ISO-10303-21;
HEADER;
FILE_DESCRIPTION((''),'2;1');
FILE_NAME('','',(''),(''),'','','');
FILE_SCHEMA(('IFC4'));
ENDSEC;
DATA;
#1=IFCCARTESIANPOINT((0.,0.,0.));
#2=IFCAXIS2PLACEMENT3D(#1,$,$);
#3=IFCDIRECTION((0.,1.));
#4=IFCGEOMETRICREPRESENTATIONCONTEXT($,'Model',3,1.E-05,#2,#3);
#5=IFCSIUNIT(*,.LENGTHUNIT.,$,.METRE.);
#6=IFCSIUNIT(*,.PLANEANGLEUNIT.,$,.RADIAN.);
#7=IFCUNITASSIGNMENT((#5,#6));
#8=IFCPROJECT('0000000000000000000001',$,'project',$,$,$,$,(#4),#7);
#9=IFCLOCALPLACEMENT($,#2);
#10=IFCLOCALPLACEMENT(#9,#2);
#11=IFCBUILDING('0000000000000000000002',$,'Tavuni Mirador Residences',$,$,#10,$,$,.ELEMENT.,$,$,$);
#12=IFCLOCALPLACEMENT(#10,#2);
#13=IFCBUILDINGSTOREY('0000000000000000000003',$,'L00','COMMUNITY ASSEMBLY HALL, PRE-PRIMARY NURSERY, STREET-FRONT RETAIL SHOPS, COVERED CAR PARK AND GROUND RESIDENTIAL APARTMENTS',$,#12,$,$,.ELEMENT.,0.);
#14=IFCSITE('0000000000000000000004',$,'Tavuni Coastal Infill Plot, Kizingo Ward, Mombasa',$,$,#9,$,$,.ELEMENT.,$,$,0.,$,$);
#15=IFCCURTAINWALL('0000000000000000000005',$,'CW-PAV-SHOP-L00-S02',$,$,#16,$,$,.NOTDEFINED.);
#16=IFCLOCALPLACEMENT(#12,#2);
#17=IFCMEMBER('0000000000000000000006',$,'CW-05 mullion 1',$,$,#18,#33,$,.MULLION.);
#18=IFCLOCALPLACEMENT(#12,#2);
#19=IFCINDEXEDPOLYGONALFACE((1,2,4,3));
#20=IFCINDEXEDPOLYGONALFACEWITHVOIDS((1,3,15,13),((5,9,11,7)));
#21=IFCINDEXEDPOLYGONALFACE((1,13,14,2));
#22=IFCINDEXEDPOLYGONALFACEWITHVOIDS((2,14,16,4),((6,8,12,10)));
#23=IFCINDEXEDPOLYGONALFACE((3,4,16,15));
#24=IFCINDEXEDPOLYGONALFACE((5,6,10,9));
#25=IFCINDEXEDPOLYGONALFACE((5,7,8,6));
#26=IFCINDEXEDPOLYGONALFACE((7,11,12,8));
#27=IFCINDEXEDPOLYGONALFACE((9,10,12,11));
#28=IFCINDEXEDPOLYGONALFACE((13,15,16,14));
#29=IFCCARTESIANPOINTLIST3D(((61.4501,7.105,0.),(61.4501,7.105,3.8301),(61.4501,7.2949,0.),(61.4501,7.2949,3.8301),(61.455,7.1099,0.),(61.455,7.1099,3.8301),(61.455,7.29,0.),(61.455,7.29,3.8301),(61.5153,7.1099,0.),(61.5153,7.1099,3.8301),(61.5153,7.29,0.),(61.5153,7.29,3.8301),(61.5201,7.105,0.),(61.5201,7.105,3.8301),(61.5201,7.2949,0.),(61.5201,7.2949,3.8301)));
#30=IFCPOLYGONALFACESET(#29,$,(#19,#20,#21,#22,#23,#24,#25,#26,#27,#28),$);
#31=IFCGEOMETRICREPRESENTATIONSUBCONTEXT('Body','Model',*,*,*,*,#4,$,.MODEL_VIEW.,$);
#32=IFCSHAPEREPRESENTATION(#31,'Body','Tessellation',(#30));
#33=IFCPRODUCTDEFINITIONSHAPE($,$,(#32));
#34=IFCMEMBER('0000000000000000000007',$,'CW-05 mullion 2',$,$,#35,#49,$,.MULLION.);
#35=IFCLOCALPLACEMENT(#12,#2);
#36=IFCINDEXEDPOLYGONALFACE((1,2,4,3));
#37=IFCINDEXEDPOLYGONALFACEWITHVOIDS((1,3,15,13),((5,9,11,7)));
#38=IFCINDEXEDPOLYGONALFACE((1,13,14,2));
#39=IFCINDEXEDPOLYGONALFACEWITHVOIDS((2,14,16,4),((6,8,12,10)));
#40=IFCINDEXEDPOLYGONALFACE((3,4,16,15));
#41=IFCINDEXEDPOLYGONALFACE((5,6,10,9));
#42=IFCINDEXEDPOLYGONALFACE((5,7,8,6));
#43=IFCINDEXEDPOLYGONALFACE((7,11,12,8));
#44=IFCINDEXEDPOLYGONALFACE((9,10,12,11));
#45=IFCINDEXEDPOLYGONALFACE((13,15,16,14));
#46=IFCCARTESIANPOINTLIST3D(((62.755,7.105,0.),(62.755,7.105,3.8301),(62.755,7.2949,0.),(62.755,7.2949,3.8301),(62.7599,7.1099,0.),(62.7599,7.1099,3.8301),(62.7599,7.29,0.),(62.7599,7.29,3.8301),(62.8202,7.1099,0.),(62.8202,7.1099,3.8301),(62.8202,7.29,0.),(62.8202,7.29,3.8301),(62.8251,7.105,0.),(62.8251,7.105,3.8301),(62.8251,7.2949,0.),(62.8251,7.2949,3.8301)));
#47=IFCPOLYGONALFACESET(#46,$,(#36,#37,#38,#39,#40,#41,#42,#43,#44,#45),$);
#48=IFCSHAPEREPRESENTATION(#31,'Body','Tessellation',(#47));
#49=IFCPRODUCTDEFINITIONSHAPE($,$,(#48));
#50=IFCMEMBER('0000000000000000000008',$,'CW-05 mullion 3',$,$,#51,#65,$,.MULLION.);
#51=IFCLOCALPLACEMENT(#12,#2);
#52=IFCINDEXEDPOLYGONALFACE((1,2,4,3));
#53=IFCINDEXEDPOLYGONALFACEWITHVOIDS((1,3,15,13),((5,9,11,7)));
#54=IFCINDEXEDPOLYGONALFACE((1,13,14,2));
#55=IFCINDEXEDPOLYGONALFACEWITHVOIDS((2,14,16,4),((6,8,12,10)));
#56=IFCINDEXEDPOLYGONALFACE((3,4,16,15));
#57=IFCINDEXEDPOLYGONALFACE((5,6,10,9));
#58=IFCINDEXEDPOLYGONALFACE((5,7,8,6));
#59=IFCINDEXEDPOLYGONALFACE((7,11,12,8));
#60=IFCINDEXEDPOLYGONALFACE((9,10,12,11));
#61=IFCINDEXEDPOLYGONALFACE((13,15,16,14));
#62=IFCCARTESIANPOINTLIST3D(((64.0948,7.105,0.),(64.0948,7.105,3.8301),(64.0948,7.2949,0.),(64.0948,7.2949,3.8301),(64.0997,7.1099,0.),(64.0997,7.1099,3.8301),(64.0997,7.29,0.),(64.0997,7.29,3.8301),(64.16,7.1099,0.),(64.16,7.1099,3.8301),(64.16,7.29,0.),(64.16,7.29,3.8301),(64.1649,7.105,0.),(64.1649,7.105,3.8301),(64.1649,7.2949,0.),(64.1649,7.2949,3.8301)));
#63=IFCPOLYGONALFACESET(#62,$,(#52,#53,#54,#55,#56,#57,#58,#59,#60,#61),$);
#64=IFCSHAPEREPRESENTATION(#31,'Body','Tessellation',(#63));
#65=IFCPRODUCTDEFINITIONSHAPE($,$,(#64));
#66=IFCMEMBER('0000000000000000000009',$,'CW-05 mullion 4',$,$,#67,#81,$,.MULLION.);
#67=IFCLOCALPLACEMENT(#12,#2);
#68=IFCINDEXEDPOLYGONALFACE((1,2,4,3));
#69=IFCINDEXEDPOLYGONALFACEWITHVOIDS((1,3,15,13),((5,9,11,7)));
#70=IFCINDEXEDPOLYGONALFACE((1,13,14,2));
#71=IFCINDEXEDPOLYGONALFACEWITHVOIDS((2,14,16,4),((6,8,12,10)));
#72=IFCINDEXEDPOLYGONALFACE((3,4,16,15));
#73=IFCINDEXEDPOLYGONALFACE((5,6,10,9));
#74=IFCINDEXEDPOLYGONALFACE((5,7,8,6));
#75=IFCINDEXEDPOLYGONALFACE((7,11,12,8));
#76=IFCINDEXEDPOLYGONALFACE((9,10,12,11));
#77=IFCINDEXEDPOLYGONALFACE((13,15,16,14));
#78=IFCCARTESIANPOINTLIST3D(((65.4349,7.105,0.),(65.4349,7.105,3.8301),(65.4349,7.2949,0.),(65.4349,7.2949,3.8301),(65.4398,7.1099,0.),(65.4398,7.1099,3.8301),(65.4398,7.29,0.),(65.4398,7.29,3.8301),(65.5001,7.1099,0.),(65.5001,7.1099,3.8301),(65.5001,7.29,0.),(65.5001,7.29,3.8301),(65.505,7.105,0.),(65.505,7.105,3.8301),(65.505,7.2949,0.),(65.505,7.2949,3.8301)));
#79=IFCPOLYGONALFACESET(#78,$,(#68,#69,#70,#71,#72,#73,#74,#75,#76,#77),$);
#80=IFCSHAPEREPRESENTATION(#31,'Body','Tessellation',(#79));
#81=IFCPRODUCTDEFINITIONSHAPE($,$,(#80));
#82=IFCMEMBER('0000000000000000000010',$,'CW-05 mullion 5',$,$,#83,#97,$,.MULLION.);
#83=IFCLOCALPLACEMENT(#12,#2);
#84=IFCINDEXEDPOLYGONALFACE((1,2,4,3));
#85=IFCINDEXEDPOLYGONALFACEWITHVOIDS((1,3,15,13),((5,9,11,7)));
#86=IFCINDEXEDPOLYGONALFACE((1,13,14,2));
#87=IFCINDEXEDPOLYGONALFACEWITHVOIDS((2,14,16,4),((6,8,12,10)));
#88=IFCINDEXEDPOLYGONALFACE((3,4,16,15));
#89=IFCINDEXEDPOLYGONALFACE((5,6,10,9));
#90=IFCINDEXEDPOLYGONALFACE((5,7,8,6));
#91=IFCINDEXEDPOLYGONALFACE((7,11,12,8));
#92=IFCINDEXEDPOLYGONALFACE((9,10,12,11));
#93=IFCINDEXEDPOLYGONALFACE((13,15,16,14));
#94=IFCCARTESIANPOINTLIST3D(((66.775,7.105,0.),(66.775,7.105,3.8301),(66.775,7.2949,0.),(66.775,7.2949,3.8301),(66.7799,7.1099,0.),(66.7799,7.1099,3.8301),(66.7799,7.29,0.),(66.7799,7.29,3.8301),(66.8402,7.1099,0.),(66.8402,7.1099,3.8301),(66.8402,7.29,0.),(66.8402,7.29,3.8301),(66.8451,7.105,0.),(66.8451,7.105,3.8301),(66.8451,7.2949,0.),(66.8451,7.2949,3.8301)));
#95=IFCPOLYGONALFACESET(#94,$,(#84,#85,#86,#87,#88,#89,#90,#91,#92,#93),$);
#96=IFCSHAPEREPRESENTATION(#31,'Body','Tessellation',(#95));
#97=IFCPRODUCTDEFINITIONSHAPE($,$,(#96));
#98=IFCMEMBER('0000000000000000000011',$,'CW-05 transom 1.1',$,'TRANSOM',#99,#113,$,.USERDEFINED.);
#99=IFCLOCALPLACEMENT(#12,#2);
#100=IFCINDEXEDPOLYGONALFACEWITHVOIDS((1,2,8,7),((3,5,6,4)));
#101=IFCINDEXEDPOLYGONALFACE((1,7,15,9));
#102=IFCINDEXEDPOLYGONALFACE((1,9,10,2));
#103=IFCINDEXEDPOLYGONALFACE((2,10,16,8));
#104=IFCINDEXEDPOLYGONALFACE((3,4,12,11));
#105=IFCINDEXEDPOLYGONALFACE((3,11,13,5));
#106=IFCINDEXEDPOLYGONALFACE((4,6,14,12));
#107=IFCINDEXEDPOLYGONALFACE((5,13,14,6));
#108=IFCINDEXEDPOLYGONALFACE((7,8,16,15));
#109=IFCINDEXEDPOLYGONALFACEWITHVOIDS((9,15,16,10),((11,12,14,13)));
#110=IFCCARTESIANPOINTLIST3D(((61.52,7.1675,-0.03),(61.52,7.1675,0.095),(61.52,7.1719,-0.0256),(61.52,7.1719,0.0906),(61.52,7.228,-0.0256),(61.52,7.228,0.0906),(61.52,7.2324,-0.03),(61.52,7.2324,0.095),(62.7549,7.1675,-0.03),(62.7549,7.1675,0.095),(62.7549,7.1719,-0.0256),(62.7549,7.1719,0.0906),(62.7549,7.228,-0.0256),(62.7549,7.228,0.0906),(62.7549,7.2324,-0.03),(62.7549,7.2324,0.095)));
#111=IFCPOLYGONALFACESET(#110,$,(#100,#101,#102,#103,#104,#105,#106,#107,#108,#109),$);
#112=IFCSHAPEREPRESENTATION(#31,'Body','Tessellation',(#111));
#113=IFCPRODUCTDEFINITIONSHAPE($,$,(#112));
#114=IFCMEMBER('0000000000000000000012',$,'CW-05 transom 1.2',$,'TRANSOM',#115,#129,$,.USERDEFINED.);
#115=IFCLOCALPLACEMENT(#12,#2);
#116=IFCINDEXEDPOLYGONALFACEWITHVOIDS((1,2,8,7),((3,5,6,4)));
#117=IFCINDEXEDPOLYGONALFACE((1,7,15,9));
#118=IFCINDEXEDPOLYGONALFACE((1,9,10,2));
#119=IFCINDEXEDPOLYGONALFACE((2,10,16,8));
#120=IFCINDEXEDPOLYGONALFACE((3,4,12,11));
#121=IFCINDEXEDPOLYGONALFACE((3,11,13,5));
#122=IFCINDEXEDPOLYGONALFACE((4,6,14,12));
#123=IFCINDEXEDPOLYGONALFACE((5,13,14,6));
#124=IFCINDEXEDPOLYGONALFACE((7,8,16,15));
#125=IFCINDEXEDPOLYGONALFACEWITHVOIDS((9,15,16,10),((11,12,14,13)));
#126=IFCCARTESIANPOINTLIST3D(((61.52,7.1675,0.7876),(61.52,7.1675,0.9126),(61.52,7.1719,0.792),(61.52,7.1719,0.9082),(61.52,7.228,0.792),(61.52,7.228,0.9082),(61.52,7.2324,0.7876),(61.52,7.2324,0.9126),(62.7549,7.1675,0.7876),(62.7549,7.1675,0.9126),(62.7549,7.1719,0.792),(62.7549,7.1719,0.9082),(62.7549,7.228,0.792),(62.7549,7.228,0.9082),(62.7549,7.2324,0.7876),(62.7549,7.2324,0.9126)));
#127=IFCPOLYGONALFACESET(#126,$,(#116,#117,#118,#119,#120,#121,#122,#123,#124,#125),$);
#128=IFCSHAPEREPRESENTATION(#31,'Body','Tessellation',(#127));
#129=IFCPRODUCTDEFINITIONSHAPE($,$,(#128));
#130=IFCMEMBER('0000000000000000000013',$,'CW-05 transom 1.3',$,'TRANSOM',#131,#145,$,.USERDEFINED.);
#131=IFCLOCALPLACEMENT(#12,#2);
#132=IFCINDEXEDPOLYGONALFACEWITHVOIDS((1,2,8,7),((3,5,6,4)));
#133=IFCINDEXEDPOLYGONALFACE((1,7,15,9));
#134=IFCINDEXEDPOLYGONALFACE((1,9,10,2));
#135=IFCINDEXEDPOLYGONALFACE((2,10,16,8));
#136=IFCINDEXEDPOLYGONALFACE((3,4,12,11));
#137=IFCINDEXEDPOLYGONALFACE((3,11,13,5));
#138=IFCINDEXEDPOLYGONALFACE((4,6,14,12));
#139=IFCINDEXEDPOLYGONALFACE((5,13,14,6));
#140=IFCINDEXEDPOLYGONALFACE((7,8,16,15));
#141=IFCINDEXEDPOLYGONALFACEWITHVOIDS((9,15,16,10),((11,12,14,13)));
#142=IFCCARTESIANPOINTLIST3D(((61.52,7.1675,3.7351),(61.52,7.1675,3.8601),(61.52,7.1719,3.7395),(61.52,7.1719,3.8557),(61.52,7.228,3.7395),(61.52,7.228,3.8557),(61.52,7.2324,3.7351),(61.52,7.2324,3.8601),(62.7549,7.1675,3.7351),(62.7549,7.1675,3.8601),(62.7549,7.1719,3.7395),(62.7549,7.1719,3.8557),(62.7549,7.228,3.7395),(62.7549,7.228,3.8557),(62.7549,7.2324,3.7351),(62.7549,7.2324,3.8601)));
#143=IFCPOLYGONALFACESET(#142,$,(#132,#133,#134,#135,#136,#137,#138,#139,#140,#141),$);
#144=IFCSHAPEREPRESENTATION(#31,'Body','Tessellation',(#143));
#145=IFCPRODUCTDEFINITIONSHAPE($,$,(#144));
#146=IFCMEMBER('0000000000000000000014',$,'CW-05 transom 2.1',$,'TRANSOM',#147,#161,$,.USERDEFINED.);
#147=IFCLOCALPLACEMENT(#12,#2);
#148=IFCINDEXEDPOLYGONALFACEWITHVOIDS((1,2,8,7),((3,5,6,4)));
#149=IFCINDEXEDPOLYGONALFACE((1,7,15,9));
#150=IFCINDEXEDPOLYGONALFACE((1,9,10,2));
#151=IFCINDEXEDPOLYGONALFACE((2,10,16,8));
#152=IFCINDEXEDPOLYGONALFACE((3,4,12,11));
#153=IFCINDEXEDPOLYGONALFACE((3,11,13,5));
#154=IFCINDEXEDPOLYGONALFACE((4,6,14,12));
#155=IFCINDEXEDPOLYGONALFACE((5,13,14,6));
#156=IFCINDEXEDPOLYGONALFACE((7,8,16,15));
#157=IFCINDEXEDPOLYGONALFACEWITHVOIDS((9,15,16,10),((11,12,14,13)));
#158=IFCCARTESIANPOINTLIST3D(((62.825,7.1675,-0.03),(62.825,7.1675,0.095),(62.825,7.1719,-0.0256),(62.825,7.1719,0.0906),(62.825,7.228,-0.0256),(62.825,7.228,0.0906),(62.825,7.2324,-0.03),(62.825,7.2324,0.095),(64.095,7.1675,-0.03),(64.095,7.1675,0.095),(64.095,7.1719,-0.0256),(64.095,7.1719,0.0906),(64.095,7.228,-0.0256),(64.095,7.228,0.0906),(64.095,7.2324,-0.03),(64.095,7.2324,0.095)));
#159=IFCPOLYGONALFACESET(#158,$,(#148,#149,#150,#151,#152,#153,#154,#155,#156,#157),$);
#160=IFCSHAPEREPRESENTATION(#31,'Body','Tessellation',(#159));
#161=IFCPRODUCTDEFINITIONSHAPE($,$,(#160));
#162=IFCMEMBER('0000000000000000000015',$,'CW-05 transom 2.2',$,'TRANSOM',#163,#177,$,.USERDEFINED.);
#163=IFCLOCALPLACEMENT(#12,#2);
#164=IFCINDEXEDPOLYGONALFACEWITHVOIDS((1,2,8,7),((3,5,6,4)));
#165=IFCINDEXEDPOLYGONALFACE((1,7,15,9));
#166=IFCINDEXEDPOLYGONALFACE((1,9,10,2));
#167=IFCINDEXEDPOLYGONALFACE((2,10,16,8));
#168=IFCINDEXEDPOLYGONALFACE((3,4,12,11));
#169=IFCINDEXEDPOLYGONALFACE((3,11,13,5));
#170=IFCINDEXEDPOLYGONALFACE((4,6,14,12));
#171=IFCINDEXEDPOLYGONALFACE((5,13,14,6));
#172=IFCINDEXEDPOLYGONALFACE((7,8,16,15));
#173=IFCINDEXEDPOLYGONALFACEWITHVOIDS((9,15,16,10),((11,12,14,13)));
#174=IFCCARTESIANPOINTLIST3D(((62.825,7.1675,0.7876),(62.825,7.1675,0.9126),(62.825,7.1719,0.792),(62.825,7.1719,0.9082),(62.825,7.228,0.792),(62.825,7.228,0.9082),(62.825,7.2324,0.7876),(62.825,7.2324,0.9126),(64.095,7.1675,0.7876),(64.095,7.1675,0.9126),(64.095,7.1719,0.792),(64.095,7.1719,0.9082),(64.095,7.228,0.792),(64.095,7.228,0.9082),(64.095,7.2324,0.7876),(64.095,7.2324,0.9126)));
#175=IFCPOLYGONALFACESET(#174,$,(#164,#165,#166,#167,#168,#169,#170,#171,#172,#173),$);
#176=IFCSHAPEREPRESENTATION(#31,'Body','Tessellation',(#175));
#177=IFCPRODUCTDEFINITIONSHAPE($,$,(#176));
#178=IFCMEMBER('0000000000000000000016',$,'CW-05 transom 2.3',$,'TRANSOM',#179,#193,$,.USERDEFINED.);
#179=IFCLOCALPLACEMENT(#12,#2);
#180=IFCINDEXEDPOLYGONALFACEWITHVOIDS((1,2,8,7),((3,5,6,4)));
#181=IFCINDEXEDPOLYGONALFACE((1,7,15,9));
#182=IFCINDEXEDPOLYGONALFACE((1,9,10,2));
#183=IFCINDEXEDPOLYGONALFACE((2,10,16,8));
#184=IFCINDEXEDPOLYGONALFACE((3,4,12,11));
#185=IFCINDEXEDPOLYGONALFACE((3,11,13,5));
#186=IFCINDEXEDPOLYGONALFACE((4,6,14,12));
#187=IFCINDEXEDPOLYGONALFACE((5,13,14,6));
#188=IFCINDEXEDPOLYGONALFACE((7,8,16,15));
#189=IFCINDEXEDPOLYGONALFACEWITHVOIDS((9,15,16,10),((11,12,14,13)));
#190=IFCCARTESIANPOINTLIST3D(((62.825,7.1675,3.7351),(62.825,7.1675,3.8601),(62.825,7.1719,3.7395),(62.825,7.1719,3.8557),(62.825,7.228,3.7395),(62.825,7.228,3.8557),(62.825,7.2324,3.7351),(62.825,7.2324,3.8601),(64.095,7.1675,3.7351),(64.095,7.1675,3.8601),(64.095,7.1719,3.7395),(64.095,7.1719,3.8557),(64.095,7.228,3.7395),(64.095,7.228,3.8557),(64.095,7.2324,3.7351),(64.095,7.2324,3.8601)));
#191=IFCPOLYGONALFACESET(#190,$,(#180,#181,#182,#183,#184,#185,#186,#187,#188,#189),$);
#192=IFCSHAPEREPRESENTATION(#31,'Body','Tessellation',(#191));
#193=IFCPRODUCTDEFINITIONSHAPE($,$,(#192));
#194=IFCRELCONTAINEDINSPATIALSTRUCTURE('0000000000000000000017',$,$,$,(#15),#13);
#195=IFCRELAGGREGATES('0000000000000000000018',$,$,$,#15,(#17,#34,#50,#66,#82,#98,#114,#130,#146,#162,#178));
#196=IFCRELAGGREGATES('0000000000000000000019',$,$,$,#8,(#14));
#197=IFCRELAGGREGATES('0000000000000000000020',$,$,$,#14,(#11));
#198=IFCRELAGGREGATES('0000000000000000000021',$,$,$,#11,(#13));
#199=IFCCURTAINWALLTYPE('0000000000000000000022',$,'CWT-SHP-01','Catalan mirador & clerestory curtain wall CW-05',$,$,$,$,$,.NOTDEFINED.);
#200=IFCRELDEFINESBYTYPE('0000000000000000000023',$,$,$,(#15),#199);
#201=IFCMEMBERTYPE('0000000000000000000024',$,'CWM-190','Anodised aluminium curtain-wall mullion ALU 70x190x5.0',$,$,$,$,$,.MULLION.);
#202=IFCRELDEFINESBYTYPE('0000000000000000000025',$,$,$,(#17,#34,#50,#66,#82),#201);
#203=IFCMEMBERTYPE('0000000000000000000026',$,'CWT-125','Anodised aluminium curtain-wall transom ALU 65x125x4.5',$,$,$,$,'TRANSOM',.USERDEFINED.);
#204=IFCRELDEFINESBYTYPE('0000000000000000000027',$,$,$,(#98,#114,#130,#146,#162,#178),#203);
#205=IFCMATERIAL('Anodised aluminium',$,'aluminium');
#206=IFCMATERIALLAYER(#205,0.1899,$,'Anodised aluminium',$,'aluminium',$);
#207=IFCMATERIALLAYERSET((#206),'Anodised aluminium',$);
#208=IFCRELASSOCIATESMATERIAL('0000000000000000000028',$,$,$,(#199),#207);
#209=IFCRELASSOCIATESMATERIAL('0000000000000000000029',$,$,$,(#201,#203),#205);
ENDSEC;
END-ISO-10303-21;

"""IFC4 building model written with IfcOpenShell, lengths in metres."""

from ifc_helpers import new_model, si_unit, direction, frame, origin, origin_2d, place, context, subcontext, project, spatial, hollow_rectangle, extrude, material, layer, layer_set, material_profile, profile_set, type_object, element, aggregate, save


model = new_model("IFC4")

# Units and contexts
model_context = context("Model", 3, precision=1e-05, world=origin(), true_north=direction((0.0, 1.0)))
body_context = subcontext(model_context, "Body", "Model", "MODEL_VIEW")
ifc_project = project(units=[si_unit("LENGTHUNIT", "METRE"), si_unit("PLANEANGLEUNIT", "RADIAN")], contexts=[model_context])

# Site, building, storey
site_placement = place(None, origin())
site = spatial("IfcSite", under=ifc_project, at=site_placement, Name="Tavuni Coastal Infill Plot, Kizingo Ward, Mombasa", CompositionType="ELEMENT", RefElevation=0.0)
building_placement = place(site_placement, origin())
building = spatial("IfcBuilding", under=site, at=building_placement, Name="Tavuni Mirador Residences", CompositionType="ELEMENT")
storey_placement = place(building_placement, origin())
storey = spatial("IfcBuildingStorey", under=building, at=storey_placement, Name="L00", Description="COMMUNITY ASSEMBLY HALL, PRE-PRIMARY NURSERY, STREET-FRONT RETAIL SHOPS, COVERED CAR PARK AND GROUND RESIDENTIAL APARTMENTS", CompositionType="ELEMENT", Elevation=0.0)

# Curtain wall, members
ifc_material_1 = material(Name="Anodised aluminium", Category="aluminium")
ifc_layer_1 = layer(ifc_material_1, 0.1899, Name="Anodised aluminium", Category="aluminium")
ifc_layer_set_1 = layer_set([ifc_layer_1], Name="Anodised aluminium")
curtain_wall_type = type_object("IfcCurtainWallType", Name="CWT-SHP-01", Description="Catalan mirador & clerestory curtain wall CW-05", PredefinedType="NOTDEFINED", material=ifc_layer_set_1)
curtain_wall_placement = place(storey_placement, origin())
curtain_wall = element("IfcCurtainWall", 1, at=curtain_wall_placement, inside=storey, type_object=curtain_wall_type, Name="CW-PAV-SHOP-L00-S02", PredefinedType="NOTDEFINED")
ifc_material_profile_1 = material_profile(ifc_material_1, hollow_rectangle(XDim=0.0701, YDim=0.1899, WallThickness=0.0049, at=origin_2d()), Name="ALU 70x190x5.0", Category="aluminium")
ifc_profile_set_1 = profile_set([ifc_material_profile_1], Name="Anodised aluminium")
member_type_1 = type_object("IfcMemberType", Name="CWM-190", Description="Anodised aluminium curtain-wall mullion ALU 70x190x5.0", PredefinedType="MULLION", material=ifc_profile_set_1)
member_1_placement = place(storey_placement, frame((61.4851, 7.2, 0.0), z_axis=(0.0, 0.0, 1.0), x_axis=(1.0, 0.0, 0.0)))
member_1 = element("IfcMember", 2, at=member_1_placement, type_object=member_type_1, Name="CW-05 mullion 1", PredefinedType="MULLION", context=body_context, shape_type="SweptSolid", body=[
    extrude(hollow_rectangle(XDim=0.0701, YDim=0.1899, WallThickness=0.0049, at=origin_2d()), origin(), (0.0, 0.0, 1.0), 3.8301),
])
member_2_placement = place(storey_placement, frame((62.79, 7.2, 0.0), z_axis=(0.0, 0.0, 1.0), x_axis=(1.0, 0.0, 0.0)))
member_2 = element("IfcMember", 3, at=member_2_placement, type_object=member_type_1, Name="CW-05 mullion 2", PredefinedType="MULLION", context=body_context, shape_type="SweptSolid", body=[
    extrude(hollow_rectangle(XDim=0.0701, YDim=0.1899, WallThickness=0.0049, at=origin_2d()), origin(), (0.0, 0.0, 1.0), 3.8301),
])
member_3_placement = place(storey_placement, frame((64.1299, 7.2, 0.0), z_axis=(0.0, 0.0, 1.0), x_axis=(1.0, 0.0, 0.0)))
member_3 = element("IfcMember", 4, at=member_3_placement, type_object=member_type_1, Name="CW-05 mullion 3", PredefinedType="MULLION", context=body_context, shape_type="SweptSolid", body=[
    extrude(hollow_rectangle(XDim=0.0701, YDim=0.1899, WallThickness=0.0049, at=origin_2d()), origin(), (0.0, 0.0, 1.0), 3.8301),
])
member_4_placement = place(storey_placement, frame((65.47, 7.2, 0.0), z_axis=(0.0, 0.0, 1.0), x_axis=(1.0, 0.0, 0.0)))
member_4 = element("IfcMember", 5, at=member_4_placement, type_object=member_type_1, Name="CW-05 mullion 4", PredefinedType="MULLION", context=body_context, shape_type="SweptSolid", body=[
    extrude(hollow_rectangle(XDim=0.0701, YDim=0.1899, WallThickness=0.0049, at=origin_2d()), origin(), (0.0, 0.0, 1.0), 3.8301),
])
member_5_placement = place(storey_placement, frame((66.8101, 7.2, 0.0), z_axis=(0.0, 0.0, 1.0), x_axis=(1.0, 0.0, 0.0)))
member_5 = element("IfcMember", 6, at=member_5_placement, type_object=member_type_1, Name="CW-05 mullion 5", PredefinedType="MULLION", context=body_context, shape_type="SweptSolid", body=[
    extrude(hollow_rectangle(XDim=0.0701, YDim=0.1899, WallThickness=0.0049, at=origin_2d()), origin(), (0.0, 0.0, 1.0), 3.8301),
])
ifc_material_profile_2 = material_profile(ifc_material_1, hollow_rectangle(XDim=0.0649, YDim=0.125, WallThickness=0.0044, at=origin_2d()), Name="ALU 65x125x4.5", Category="aluminium")
ifc_profile_set_2 = profile_set([ifc_material_profile_2], Name="Anodised aluminium")
member_type_2 = type_object("IfcMemberType", Name="CWT-125", Description="Anodised aluminium curtain-wall transom ALU 65x125x4.5", ElementType="TRANSOM", PredefinedType="USERDEFINED", material=ifc_profile_set_2)
member_6_placement = place(storey_placement, frame((61.52, 7.2, 0.0325), z_axis=(1.0, 0.0, 0.0), x_axis=(0.0, 1.0, 0.0)))
member_6 = element("IfcMember", 7, at=member_6_placement, type_object=member_type_2, Name="CW-05 transom 1.1", ObjectType="TRANSOM", PredefinedType="USERDEFINED", context=body_context, shape_type="SweptSolid", body=[
    extrude(hollow_rectangle(XDim=0.0649, YDim=0.125, WallThickness=0.0044, at=origin_2d()), origin(), (0.0, 0.0, 1.0), 1.2349),
])
member_7_placement = place(storey_placement, frame((61.52, 7.2, 0.8501), z_axis=(1.0, 0.0, 0.0), x_axis=(0.0, 1.0, 0.0)))
member_7 = element("IfcMember", 8, at=member_7_placement, type_object=member_type_2, Name="CW-05 transom 1.2", ObjectType="TRANSOM", PredefinedType="USERDEFINED", context=body_context, shape_type="SweptSolid", body=[
    extrude(hollow_rectangle(XDim=0.0649, YDim=0.125, WallThickness=0.0044, at=origin_2d()), origin(), (0.0, 0.0, 1.0), 1.2349),
])
member_8_placement = place(storey_placement, frame((61.52, 7.2, 3.7976), z_axis=(1.0, 0.0, 0.0), x_axis=(0.0, 1.0, 0.0)))
member_8 = element("IfcMember", 9, at=member_8_placement, type_object=member_type_2, Name="CW-05 transom 1.3", ObjectType="TRANSOM", PredefinedType="USERDEFINED", context=body_context, shape_type="SweptSolid", body=[
    extrude(hollow_rectangle(XDim=0.0649, YDim=0.125, WallThickness=0.0044, at=origin_2d()), origin(), (0.0, 0.0, 1.0), 1.2349),
])
member_9_placement = place(storey_placement, frame((62.825, 7.2, 0.0325), z_axis=(1.0, 0.0, 0.0), x_axis=(0.0, 1.0, 0.0)))
member_9 = element("IfcMember", 10, at=member_9_placement, type_object=member_type_2, Name="CW-05 transom 2.1", ObjectType="TRANSOM", PredefinedType="USERDEFINED", context=body_context, shape_type="SweptSolid", body=[
    extrude(hollow_rectangle(XDim=0.0649, YDim=0.125, WallThickness=0.0044, at=origin_2d()), origin(), (0.0, 0.0, 1.0), 1.27),
])
member_10_placement = place(storey_placement, frame((62.825, 7.2, 0.8501), z_axis=(1.0, 0.0, 0.0), x_axis=(0.0, 1.0, 0.0)))
member_10 = element("IfcMember", 11, at=member_10_placement, type_object=member_type_2, Name="CW-05 transom 2.2", ObjectType="TRANSOM", PredefinedType="USERDEFINED", context=body_context, shape_type="SweptSolid", body=[
    extrude(hollow_rectangle(XDim=0.0649, YDim=0.125, WallThickness=0.0044, at=origin_2d()), origin(), (0.0, 0.0, 1.0), 1.27),
])
member_11_placement = place(storey_placement, frame((62.825, 7.2, 3.7976), z_axis=(1.0, 0.0, 0.0), x_axis=(0.0, 1.0, 0.0)))
member_11 = element("IfcMember", 12, at=member_11_placement, type_object=member_type_2, Name="CW-05 transom 2.3", ObjectType="TRANSOM", PredefinedType="USERDEFINED", context=body_context, shape_type="SweptSolid", body=[
    extrude(hollow_rectangle(XDim=0.0649, YDim=0.125, WallThickness=0.0044, at=origin_2d()), origin(), (0.0, 0.0, 1.0), 1.27),
])

aggregate(curtain_wall, [member_1, member_2, member_3, member_4, member_5, member_6, member_7, member_8, member_9, member_10, member_11])

save(model, "model.ifc")
